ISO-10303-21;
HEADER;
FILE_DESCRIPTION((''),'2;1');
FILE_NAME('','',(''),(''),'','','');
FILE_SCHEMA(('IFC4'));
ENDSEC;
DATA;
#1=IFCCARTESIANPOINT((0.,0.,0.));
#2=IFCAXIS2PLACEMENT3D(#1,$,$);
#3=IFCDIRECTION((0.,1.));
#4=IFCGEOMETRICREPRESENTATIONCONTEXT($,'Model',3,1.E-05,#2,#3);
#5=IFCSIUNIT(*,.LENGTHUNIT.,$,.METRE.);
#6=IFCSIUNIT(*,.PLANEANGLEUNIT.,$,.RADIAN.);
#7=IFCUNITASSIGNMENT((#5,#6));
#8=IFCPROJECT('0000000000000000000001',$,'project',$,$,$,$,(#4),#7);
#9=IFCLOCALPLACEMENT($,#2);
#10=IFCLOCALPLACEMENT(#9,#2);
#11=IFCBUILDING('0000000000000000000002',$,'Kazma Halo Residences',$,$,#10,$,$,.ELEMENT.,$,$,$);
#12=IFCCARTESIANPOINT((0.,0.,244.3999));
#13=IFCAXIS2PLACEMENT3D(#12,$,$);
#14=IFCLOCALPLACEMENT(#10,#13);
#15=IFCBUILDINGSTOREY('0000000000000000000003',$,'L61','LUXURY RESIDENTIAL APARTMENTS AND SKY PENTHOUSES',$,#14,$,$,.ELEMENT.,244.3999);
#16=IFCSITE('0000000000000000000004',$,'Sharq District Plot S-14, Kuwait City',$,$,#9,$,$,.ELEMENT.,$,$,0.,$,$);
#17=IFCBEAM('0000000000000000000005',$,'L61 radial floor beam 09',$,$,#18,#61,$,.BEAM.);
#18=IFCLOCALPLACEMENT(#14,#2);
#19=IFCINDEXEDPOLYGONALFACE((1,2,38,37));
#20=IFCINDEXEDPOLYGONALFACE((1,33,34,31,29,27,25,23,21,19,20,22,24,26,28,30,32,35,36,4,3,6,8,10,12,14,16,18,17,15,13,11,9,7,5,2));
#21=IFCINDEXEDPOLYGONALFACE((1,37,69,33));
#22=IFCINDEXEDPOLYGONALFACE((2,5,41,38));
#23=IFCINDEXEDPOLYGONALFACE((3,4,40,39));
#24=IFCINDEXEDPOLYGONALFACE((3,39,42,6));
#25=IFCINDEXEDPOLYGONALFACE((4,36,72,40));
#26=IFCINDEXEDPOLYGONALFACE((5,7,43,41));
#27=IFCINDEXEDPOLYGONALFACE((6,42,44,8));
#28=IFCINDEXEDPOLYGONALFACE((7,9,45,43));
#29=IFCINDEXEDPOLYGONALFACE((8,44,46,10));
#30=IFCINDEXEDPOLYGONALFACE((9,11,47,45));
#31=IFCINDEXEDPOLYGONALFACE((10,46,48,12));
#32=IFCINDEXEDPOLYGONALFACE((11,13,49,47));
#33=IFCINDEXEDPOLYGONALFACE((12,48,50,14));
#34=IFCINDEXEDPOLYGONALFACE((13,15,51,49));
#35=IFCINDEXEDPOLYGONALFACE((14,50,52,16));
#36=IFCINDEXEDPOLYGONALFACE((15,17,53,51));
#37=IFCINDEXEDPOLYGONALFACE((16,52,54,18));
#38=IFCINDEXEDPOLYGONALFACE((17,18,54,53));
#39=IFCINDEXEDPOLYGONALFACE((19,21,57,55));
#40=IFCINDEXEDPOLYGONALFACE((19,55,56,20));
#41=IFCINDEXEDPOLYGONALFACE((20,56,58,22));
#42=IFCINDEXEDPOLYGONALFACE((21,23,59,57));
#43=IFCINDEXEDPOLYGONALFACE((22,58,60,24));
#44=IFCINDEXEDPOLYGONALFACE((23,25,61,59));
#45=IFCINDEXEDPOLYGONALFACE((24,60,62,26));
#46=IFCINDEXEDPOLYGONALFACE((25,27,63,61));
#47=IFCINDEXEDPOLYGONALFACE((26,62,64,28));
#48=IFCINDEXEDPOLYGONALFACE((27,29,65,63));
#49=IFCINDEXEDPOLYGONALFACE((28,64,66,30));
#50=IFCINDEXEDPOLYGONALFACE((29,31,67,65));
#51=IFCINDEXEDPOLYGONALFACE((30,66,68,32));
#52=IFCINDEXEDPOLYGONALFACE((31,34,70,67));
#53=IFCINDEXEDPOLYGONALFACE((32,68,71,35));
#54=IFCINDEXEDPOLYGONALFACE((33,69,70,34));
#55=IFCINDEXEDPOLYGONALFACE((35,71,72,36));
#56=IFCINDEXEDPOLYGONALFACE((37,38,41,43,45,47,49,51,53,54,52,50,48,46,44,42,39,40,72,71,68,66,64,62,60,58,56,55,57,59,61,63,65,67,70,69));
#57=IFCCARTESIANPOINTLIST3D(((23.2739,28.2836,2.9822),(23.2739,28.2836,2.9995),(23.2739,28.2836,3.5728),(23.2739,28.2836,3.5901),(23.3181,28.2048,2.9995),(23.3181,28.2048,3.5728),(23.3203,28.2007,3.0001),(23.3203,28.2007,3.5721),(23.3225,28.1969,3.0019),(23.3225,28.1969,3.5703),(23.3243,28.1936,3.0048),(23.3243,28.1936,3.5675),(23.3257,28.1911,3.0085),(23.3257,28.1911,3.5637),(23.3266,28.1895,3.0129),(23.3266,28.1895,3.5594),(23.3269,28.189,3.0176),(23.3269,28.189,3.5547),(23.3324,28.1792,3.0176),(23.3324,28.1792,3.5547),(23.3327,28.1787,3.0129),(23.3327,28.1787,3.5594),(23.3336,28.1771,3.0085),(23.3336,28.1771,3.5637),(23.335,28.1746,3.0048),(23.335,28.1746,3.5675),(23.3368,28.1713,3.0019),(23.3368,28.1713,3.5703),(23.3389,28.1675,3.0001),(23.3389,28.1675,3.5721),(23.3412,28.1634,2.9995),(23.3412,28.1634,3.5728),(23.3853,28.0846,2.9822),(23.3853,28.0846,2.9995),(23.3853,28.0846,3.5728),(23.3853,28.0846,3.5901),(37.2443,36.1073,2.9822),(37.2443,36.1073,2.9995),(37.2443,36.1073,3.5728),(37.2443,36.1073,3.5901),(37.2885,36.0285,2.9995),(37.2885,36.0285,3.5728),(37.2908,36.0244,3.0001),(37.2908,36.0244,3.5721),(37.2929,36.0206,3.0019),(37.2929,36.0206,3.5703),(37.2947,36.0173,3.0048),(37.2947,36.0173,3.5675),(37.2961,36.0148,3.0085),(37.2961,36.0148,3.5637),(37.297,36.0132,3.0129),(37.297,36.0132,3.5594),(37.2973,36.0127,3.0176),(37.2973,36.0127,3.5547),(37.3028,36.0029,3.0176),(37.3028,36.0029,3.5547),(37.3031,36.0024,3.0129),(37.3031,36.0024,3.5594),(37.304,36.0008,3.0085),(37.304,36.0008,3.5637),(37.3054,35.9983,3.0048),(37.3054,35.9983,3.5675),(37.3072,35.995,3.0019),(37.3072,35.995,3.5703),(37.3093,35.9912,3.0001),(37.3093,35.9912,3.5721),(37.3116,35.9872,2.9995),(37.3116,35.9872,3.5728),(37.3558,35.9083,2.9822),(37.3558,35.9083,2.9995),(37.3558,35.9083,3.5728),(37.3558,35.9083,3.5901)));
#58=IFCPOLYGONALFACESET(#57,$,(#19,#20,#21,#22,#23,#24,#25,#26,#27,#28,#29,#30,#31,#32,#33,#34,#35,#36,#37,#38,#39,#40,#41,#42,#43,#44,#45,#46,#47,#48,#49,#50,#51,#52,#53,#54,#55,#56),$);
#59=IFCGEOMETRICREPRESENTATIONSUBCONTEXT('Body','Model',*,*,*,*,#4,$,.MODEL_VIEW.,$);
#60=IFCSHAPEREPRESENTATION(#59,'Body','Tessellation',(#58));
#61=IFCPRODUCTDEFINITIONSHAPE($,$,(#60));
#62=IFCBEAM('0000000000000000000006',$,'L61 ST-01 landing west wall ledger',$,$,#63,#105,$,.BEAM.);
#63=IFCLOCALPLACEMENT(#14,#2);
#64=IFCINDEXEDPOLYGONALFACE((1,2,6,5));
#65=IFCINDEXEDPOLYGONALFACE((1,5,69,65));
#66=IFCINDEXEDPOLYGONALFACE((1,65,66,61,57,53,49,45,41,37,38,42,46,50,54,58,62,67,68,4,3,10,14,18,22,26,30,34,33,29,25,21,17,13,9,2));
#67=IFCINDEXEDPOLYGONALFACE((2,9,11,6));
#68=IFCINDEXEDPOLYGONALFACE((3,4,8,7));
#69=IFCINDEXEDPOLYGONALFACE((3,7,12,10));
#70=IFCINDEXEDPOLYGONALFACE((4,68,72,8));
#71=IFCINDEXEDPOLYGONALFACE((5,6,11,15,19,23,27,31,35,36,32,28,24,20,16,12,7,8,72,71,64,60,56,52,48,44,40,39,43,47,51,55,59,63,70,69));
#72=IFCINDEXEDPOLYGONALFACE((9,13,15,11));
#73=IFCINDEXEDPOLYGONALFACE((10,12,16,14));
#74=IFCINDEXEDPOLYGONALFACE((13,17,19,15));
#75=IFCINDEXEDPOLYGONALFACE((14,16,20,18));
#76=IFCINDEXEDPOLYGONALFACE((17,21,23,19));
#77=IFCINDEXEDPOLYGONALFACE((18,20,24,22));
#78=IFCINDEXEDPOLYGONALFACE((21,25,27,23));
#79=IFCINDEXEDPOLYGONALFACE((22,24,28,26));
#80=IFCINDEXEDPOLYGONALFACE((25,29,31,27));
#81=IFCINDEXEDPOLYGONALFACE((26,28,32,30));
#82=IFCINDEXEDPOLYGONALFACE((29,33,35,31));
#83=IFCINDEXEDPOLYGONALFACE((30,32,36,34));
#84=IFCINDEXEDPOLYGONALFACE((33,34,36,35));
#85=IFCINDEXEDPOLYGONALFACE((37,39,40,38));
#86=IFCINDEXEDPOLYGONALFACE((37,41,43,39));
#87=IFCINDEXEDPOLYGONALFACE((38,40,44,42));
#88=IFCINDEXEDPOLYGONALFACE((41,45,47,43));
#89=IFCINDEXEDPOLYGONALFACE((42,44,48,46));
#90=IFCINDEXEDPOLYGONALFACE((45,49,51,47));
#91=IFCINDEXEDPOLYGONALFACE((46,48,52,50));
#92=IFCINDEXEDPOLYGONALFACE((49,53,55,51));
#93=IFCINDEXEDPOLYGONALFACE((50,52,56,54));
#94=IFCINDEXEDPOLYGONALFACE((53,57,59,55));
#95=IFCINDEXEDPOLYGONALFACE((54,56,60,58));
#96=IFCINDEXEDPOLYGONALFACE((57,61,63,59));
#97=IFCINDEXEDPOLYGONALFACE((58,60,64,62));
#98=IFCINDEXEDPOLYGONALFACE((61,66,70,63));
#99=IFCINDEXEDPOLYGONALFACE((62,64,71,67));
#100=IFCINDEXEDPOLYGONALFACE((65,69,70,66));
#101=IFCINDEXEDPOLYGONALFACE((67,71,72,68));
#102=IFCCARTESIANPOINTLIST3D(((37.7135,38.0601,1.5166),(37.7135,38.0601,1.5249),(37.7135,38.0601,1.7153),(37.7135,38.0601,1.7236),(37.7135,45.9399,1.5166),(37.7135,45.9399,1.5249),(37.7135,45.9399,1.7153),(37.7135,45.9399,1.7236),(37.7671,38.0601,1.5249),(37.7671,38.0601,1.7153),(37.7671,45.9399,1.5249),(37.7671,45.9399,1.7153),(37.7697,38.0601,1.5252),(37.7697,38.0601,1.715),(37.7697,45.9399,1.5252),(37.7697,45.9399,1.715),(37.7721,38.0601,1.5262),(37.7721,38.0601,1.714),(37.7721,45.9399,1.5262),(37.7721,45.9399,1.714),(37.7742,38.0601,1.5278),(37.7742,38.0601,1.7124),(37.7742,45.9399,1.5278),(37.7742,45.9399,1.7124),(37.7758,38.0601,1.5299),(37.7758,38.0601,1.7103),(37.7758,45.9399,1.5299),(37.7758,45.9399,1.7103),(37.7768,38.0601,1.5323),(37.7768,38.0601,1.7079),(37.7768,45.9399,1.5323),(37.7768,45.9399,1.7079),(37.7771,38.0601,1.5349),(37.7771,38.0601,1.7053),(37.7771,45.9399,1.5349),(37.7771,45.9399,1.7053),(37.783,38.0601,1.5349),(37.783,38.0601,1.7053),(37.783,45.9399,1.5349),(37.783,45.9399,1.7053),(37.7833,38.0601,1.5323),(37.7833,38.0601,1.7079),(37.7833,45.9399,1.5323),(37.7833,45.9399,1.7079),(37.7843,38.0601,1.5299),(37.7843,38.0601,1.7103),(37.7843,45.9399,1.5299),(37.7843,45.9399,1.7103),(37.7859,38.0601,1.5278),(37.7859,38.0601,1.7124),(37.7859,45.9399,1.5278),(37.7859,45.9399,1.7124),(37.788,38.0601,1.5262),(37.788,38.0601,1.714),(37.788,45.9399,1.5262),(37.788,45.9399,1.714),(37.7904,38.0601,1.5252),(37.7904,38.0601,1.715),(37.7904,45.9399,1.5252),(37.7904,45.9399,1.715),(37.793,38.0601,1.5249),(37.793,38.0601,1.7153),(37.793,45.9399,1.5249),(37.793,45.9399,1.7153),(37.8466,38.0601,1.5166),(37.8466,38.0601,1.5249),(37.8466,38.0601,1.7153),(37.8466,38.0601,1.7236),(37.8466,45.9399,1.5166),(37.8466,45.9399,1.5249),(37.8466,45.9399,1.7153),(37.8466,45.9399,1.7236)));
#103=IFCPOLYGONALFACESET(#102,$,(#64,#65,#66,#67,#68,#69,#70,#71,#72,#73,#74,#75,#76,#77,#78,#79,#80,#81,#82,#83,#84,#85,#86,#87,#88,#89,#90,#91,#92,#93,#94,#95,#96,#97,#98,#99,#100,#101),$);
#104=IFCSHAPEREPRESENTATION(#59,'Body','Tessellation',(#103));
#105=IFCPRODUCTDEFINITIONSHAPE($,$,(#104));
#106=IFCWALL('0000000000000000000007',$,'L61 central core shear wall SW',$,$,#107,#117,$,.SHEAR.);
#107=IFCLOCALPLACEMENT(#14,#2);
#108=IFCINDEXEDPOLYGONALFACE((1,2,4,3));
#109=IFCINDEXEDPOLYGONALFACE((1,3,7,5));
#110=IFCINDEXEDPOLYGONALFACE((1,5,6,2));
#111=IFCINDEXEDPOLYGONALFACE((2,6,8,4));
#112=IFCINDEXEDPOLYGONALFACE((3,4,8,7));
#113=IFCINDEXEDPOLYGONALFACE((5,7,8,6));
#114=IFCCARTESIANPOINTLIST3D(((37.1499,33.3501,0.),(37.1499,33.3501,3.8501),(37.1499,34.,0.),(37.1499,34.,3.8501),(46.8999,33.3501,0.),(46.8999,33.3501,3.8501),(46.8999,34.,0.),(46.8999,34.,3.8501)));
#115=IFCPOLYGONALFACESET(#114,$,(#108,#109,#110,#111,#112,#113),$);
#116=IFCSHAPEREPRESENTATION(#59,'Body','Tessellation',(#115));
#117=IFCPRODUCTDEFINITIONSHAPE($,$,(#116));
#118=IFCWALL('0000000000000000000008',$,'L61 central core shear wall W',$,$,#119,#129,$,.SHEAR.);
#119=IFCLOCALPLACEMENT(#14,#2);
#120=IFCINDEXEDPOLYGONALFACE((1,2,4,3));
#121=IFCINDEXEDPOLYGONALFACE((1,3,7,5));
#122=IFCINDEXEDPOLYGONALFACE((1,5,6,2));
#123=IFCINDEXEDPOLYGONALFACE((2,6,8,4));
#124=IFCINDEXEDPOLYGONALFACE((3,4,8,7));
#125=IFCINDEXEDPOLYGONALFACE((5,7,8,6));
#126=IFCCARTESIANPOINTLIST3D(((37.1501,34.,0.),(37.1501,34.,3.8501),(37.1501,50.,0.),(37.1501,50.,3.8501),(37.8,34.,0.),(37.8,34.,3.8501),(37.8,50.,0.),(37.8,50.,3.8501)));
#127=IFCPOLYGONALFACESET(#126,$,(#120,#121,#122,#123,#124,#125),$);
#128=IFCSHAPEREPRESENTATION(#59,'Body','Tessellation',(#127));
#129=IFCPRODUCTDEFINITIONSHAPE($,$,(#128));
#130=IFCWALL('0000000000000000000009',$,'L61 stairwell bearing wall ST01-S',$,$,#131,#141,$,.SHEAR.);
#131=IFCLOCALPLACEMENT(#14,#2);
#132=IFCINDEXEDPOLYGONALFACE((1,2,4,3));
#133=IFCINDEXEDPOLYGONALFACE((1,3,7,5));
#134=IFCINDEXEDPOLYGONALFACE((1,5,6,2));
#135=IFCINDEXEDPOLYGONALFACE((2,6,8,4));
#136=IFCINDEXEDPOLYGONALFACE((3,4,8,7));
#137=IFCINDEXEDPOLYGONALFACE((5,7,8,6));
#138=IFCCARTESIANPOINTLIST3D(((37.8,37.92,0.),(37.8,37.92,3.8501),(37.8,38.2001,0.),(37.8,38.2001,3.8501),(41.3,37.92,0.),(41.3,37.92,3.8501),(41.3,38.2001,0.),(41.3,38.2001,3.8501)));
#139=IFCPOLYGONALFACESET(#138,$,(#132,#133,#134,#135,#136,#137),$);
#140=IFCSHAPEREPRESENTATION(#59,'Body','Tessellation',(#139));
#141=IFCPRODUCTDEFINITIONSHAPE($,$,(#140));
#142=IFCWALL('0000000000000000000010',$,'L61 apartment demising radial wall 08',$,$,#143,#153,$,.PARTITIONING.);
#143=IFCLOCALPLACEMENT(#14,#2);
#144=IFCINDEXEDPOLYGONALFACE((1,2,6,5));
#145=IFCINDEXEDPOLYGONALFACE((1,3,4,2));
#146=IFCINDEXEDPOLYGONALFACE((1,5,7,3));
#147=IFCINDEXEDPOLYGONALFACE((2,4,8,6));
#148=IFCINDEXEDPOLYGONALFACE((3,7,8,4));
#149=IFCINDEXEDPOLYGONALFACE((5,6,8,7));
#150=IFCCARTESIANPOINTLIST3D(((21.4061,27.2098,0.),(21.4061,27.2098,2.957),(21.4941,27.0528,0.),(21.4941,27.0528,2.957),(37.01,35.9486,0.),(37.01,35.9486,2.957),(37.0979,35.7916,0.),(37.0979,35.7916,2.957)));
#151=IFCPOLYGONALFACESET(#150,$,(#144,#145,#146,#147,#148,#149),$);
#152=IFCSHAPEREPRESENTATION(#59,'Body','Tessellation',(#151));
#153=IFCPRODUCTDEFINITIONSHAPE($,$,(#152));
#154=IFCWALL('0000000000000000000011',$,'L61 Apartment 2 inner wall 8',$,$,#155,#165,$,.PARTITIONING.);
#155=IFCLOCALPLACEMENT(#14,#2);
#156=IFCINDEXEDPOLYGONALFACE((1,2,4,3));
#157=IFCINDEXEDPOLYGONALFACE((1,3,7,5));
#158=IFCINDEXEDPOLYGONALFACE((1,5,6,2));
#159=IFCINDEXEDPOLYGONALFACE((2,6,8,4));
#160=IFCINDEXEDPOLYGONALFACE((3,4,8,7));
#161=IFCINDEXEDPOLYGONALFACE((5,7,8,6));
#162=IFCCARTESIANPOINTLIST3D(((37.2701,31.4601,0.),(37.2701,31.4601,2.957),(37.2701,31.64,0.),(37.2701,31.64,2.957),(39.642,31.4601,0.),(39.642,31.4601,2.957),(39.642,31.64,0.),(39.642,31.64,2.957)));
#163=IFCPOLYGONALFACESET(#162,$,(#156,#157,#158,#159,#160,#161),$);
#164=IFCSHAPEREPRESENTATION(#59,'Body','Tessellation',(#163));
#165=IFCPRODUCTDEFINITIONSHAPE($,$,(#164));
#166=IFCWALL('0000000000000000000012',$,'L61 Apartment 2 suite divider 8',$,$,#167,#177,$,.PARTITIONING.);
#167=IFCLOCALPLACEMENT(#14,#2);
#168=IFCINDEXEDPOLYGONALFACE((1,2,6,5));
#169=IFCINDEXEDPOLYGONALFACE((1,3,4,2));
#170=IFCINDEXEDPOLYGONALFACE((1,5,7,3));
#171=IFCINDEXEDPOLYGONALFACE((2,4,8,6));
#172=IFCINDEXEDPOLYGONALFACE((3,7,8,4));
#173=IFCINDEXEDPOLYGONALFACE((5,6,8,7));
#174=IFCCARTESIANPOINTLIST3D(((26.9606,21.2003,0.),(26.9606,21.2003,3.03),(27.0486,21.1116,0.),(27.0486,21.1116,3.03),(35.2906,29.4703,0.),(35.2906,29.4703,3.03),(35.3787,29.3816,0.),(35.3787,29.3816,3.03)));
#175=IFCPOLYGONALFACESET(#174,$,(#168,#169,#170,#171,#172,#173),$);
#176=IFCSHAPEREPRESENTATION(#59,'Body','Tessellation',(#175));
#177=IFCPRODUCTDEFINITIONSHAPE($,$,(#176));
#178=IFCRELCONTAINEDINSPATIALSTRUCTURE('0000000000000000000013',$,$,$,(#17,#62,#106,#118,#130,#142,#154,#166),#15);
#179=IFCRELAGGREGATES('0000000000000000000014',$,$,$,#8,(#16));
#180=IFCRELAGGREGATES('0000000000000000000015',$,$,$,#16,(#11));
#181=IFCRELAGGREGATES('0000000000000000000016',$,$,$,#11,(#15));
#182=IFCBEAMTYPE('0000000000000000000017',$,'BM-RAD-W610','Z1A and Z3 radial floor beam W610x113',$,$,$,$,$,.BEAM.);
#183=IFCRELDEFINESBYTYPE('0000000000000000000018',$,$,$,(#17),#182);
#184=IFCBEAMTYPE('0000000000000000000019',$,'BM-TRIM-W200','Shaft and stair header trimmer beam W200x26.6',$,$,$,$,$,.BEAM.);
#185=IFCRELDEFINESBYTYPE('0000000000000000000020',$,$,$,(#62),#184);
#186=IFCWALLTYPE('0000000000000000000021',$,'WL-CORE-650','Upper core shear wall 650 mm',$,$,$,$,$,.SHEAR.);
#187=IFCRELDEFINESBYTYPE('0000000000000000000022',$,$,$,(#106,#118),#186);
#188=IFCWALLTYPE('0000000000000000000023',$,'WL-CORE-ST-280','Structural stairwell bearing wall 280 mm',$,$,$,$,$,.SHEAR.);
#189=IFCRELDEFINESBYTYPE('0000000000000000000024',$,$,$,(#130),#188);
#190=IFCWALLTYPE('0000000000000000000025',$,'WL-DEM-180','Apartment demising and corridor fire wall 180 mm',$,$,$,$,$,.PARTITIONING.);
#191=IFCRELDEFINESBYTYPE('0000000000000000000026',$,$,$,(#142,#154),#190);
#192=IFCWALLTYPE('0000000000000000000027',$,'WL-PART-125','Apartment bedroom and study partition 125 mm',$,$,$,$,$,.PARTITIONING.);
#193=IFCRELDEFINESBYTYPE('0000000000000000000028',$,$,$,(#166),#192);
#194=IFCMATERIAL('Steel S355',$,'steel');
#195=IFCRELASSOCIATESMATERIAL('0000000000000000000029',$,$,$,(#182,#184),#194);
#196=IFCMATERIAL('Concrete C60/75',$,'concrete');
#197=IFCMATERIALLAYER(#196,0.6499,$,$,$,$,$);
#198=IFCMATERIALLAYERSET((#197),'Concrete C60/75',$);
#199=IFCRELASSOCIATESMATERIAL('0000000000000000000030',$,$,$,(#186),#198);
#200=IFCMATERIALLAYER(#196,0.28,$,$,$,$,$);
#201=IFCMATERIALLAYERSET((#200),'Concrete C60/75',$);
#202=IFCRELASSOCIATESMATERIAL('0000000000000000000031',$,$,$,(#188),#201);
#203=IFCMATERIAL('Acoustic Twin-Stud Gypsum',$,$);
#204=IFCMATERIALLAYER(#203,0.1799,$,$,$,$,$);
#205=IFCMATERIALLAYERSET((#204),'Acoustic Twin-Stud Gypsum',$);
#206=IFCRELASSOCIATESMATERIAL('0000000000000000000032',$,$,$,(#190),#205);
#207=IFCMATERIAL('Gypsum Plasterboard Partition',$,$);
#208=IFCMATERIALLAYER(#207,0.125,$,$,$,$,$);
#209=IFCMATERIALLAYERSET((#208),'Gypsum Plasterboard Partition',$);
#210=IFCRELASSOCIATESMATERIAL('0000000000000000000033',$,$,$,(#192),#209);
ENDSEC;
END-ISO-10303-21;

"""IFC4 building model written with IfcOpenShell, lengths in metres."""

from ifc_helpers import new_model, si_unit, direction, frame, frame_2d, origin, origin_2d, place, context, subcontext, project, spatial, rectangle, i_section, extrude, material, layer, layer_set, material_profile, profile_set, type_object, element, save


model = new_model("IFC4")

# Units and contexts
model_context = context("Model", 3, precision=1e-05, world=origin(), true_north=direction((0.0, 1.0)))
body_context = subcontext(model_context, "Body", "Model", "MODEL_VIEW")
ifc_project = project(units=[si_unit("LENGTHUNIT", "METRE"), si_unit("PLANEANGLEUNIT", "RADIAN")], contexts=[model_context])

# Site, building, storey
site_placement = place(None, origin())
site = spatial("IfcSite", under=ifc_project, at=site_placement, Name="Sharq District Plot S-14, Kuwait City", CompositionType="ELEMENT", RefElevation=0.0)
building_placement = place(site_placement, origin())
building = spatial("IfcBuilding", under=site, at=building_placement, Name="Kazma Halo Residences", CompositionType="ELEMENT")
storey_placement = place(building_placement, frame((0.0, 0.0, 244.3999)))
storey = spatial("IfcBuildingStorey", under=building, at=storey_placement, Name="L61", Description="LUXURY RESIDENTIAL APARTMENTS AND SKY PENTHOUSES", CompositionType="ELEMENT", Elevation=244.3999)

# Beams
ifc_material_1 = material(Name="Steel S355", Category="steel")
ifc_material_profile_1 = material_profile(ifc_material_1, i_section(OverallWidth=0.228, OverallDepth=0.6079, WebThickness=0.0112, FlangeThickness=0.0173, FilletRadius=0.0181, at=origin_2d()), Name="W610x113")
ifc_profile_set_1 = profile_set([ifc_material_profile_1], Name="Steel S355")
beam_type_1 = type_object("IfcBeamType", Name="BM-RAD-W610", Description="Z1A and Z3 radial floor beam W610x113", PredefinedType="BEAM", material=ifc_profile_set_1)
beam_1_placement = place(storey_placement, frame((37.3, 36.0078, 3.2861), z_axis=(-0.872499, -0.488616, 0.0), x_axis=(0.488616, -0.872499, 0.0)))
element("IfcBeam", 1, at=beam_1_placement, inside=storey, type_object=beam_type_1, Name="L61 radial floor beam 09", PredefinedType="BEAM", context=body_context, shape_type="SweptSolid", body=[
    extrude(i_section(OverallWidth=0.228, OverallDepth=0.6079, WebThickness=0.0112, FlangeThickness=0.0173, FilletRadius=0.0181, at=origin_2d()), origin(), (0.0, 0.0, 1.0), 16.012),
])
ifc_material_profile_2 = material_profile(ifc_material_1, i_section(OverallWidth=0.1331, OverallDepth=0.207, WebThickness=0.0059, FlangeThickness=0.0083, FilletRadius=0.01, at=origin_2d()), Name="W200x26.6")
ifc_profile_set_2 = profile_set([ifc_material_profile_2], Name="Steel S355")
beam_type_2 = type_object("IfcBeamType", Name="BM-TRIM-W200", Description="Shaft and stair header trimmer beam W200x26.6", PredefinedType="BEAM", material=ifc_profile_set_2)
beam_2_placement = place(storey_placement, frame((37.78, 38.0601, 1.6201), z_axis=(0.0, 1.0, 0.0), x_axis=(-1.0, 0.0, 0.0)))
element("IfcBeam", 2, at=beam_2_placement, inside=storey, type_object=beam_type_2, Name="L61 ST-01 landing west wall ledger", PredefinedType="BEAM", context=body_context, shape_type="SweptSolid", body=[
    extrude(i_section(OverallWidth=0.1331, OverallDepth=0.207, WebThickness=0.0059, FlangeThickness=0.0083, FilletRadius=0.01, at=origin_2d()), origin(), (0.0, 0.0, 1.0), 7.8799),
])

# Walls
ifc_material_2 = material(Name="Concrete C60/75", Category="concrete")
ifc_layer_1 = layer(ifc_material_2, 0.6499)
ifc_layer_set_1 = layer_set([ifc_layer_1], Name="Concrete C60/75")
wall_type_1 = type_object("IfcWallType", Name="WL-CORE-650", Description="Upper core shear wall 650 mm", PredefinedType="SHEAR", material=ifc_layer_set_1)
wall_1_placement = place(storey_placement, frame((37.1499, 33.675, 0.0), z_axis=(0.0, 0.0, 1.0), x_axis=(1.0, 0.0, 0.0)))
element("IfcWall", 3, at=wall_1_placement, inside=storey, type_object=wall_type_1, Name="L61 central core shear wall SW", PredefinedType="SHEAR", context=body_context, shape_type="SweptSolid", body=[
    extrude(rectangle(XDim=9.75, YDim=0.6499, at=frame_2d((4.875, 0.0))), origin(), (0.0, 0.0, 1.0), 3.8501),
])
wall_2_placement = place(storey_placement, frame((37.4751, 34.0, 0.0), z_axis=(0.0, 0.0, 1.0), x_axis=(0.0, 1.0, 0.0)))
element("IfcWall", 4, at=wall_2_placement, inside=storey, type_object=wall_type_1, Name="L61 central core shear wall W", PredefinedType="SHEAR", context=body_context, shape_type="SweptSolid", body=[
    extrude(rectangle(XDim=16.0, YDim=0.6499, at=frame_2d((8.0, 0.0))), origin(), (0.0, 0.0, 1.0), 3.8501),
])
ifc_layer_2 = layer(ifc_material_2, 0.28)
ifc_layer_set_2 = layer_set([ifc_layer_2], Name="Concrete C60/75")
wall_type_2 = type_object("IfcWallType", Name="WL-CORE-ST-280", Description="Structural stairwell bearing wall 280 mm", PredefinedType="SHEAR", material=ifc_layer_set_2)
wall_3_placement = place(storey_placement, frame((37.8, 38.0601, 0.0), z_axis=(0.0, 0.0, 1.0), x_axis=(1.0, 0.0, 0.0)))
element("IfcWall", 5, at=wall_3_placement, inside=storey, type_object=wall_type_2, Name="L61 stairwell bearing wall ST01-S", PredefinedType="SHEAR", context=body_context, shape_type="SweptSolid", body=[
    extrude(rectangle(XDim=3.5, YDim=0.28, at=frame_2d((1.75, 0.0))), origin(), (0.0, 0.0, 1.0), 3.8501),
])
ifc_material_3 = material(Name="Acoustic Twin-Stud Gypsum")
ifc_layer_3 = layer(ifc_material_3, 0.1799)
ifc_layer_set_3 = layer_set([ifc_layer_3], Name="Acoustic Twin-Stud Gypsum")
wall_type_3 = type_object("IfcWallType", Name="WL-DEM-180", Description="Apartment demising and corridor fire wall 180 mm", PredefinedType="PARTITIONING", material=ifc_layer_set_3)
wall_4_placement = place(storey_placement, frame((37.054, 35.8701, 0.0), z_axis=(0.0, 0.0, 1.0), x_axis=(-0.87249, -0.488632, 0.0)))
element("IfcWall", 6, at=wall_4_placement, inside=storey, type_object=wall_type_3, Name="L61 apartment demising radial wall 08", PredefinedType="PARTITIONING", context=body_context, shape_type="SweptSolid", body=[
    extrude(rectangle(XDim=17.8843, YDim=0.1799, at=frame_2d((8.9421, 0.0))), origin(), (0.0, 0.0, 1.0), 2.957),
])
wall_5_placement = place(storey_placement, frame((37.27, 31.55, 0.0), z_axis=(0.0, 0.0, 1.0), x_axis=(1.0, 0.0, 0.0)))
element("IfcWall", 7, at=wall_5_placement, inside=storey, type_object=wall_type_3, Name="L61 Apartment 2 inner wall 8", PredefinedType="PARTITIONING", context=body_context, shape_type="SweptSolid", body=[
    extrude(rectangle(XDim=2.3718, YDim=0.1799, at=frame_2d((1.186, 0.0))), origin(), (0.0, 0.0, 1.0), 2.957),
])
ifc_material_4 = material(Name="Gypsum Plasterboard Partition")
ifc_layer_4 = layer(ifc_material_4, 0.125)
ifc_layer_set_4 = layer_set([ifc_layer_4], Name="Gypsum Plasterboard Partition")
wall_type_4 = type_object("IfcWallType", Name="WL-PART-125", Description="Apartment bedroom and study partition 125 mm", PredefinedType="PARTITIONING", material=ifc_layer_set_4)
wall_6_placement = place(storey_placement, frame((35.3347, 29.426, 0.0), z_axis=(0.0, 0.0, 1.0), x_axis=(-0.70966, -0.704544, 0.0)))
element("IfcWall", 8, at=wall_6_placement, inside=storey, type_object=wall_type_4, Name="L61 Apartment 2 suite divider 8", PredefinedType="PARTITIONING", context=body_context, shape_type="SweptSolid", body=[
    extrude(rectangle(XDim=11.738, YDim=0.125, at=frame_2d((5.8691, 0.0))), origin(), (0.0, 0.0, 1.0), 3.03),
])

save(model, "model.ifc")
